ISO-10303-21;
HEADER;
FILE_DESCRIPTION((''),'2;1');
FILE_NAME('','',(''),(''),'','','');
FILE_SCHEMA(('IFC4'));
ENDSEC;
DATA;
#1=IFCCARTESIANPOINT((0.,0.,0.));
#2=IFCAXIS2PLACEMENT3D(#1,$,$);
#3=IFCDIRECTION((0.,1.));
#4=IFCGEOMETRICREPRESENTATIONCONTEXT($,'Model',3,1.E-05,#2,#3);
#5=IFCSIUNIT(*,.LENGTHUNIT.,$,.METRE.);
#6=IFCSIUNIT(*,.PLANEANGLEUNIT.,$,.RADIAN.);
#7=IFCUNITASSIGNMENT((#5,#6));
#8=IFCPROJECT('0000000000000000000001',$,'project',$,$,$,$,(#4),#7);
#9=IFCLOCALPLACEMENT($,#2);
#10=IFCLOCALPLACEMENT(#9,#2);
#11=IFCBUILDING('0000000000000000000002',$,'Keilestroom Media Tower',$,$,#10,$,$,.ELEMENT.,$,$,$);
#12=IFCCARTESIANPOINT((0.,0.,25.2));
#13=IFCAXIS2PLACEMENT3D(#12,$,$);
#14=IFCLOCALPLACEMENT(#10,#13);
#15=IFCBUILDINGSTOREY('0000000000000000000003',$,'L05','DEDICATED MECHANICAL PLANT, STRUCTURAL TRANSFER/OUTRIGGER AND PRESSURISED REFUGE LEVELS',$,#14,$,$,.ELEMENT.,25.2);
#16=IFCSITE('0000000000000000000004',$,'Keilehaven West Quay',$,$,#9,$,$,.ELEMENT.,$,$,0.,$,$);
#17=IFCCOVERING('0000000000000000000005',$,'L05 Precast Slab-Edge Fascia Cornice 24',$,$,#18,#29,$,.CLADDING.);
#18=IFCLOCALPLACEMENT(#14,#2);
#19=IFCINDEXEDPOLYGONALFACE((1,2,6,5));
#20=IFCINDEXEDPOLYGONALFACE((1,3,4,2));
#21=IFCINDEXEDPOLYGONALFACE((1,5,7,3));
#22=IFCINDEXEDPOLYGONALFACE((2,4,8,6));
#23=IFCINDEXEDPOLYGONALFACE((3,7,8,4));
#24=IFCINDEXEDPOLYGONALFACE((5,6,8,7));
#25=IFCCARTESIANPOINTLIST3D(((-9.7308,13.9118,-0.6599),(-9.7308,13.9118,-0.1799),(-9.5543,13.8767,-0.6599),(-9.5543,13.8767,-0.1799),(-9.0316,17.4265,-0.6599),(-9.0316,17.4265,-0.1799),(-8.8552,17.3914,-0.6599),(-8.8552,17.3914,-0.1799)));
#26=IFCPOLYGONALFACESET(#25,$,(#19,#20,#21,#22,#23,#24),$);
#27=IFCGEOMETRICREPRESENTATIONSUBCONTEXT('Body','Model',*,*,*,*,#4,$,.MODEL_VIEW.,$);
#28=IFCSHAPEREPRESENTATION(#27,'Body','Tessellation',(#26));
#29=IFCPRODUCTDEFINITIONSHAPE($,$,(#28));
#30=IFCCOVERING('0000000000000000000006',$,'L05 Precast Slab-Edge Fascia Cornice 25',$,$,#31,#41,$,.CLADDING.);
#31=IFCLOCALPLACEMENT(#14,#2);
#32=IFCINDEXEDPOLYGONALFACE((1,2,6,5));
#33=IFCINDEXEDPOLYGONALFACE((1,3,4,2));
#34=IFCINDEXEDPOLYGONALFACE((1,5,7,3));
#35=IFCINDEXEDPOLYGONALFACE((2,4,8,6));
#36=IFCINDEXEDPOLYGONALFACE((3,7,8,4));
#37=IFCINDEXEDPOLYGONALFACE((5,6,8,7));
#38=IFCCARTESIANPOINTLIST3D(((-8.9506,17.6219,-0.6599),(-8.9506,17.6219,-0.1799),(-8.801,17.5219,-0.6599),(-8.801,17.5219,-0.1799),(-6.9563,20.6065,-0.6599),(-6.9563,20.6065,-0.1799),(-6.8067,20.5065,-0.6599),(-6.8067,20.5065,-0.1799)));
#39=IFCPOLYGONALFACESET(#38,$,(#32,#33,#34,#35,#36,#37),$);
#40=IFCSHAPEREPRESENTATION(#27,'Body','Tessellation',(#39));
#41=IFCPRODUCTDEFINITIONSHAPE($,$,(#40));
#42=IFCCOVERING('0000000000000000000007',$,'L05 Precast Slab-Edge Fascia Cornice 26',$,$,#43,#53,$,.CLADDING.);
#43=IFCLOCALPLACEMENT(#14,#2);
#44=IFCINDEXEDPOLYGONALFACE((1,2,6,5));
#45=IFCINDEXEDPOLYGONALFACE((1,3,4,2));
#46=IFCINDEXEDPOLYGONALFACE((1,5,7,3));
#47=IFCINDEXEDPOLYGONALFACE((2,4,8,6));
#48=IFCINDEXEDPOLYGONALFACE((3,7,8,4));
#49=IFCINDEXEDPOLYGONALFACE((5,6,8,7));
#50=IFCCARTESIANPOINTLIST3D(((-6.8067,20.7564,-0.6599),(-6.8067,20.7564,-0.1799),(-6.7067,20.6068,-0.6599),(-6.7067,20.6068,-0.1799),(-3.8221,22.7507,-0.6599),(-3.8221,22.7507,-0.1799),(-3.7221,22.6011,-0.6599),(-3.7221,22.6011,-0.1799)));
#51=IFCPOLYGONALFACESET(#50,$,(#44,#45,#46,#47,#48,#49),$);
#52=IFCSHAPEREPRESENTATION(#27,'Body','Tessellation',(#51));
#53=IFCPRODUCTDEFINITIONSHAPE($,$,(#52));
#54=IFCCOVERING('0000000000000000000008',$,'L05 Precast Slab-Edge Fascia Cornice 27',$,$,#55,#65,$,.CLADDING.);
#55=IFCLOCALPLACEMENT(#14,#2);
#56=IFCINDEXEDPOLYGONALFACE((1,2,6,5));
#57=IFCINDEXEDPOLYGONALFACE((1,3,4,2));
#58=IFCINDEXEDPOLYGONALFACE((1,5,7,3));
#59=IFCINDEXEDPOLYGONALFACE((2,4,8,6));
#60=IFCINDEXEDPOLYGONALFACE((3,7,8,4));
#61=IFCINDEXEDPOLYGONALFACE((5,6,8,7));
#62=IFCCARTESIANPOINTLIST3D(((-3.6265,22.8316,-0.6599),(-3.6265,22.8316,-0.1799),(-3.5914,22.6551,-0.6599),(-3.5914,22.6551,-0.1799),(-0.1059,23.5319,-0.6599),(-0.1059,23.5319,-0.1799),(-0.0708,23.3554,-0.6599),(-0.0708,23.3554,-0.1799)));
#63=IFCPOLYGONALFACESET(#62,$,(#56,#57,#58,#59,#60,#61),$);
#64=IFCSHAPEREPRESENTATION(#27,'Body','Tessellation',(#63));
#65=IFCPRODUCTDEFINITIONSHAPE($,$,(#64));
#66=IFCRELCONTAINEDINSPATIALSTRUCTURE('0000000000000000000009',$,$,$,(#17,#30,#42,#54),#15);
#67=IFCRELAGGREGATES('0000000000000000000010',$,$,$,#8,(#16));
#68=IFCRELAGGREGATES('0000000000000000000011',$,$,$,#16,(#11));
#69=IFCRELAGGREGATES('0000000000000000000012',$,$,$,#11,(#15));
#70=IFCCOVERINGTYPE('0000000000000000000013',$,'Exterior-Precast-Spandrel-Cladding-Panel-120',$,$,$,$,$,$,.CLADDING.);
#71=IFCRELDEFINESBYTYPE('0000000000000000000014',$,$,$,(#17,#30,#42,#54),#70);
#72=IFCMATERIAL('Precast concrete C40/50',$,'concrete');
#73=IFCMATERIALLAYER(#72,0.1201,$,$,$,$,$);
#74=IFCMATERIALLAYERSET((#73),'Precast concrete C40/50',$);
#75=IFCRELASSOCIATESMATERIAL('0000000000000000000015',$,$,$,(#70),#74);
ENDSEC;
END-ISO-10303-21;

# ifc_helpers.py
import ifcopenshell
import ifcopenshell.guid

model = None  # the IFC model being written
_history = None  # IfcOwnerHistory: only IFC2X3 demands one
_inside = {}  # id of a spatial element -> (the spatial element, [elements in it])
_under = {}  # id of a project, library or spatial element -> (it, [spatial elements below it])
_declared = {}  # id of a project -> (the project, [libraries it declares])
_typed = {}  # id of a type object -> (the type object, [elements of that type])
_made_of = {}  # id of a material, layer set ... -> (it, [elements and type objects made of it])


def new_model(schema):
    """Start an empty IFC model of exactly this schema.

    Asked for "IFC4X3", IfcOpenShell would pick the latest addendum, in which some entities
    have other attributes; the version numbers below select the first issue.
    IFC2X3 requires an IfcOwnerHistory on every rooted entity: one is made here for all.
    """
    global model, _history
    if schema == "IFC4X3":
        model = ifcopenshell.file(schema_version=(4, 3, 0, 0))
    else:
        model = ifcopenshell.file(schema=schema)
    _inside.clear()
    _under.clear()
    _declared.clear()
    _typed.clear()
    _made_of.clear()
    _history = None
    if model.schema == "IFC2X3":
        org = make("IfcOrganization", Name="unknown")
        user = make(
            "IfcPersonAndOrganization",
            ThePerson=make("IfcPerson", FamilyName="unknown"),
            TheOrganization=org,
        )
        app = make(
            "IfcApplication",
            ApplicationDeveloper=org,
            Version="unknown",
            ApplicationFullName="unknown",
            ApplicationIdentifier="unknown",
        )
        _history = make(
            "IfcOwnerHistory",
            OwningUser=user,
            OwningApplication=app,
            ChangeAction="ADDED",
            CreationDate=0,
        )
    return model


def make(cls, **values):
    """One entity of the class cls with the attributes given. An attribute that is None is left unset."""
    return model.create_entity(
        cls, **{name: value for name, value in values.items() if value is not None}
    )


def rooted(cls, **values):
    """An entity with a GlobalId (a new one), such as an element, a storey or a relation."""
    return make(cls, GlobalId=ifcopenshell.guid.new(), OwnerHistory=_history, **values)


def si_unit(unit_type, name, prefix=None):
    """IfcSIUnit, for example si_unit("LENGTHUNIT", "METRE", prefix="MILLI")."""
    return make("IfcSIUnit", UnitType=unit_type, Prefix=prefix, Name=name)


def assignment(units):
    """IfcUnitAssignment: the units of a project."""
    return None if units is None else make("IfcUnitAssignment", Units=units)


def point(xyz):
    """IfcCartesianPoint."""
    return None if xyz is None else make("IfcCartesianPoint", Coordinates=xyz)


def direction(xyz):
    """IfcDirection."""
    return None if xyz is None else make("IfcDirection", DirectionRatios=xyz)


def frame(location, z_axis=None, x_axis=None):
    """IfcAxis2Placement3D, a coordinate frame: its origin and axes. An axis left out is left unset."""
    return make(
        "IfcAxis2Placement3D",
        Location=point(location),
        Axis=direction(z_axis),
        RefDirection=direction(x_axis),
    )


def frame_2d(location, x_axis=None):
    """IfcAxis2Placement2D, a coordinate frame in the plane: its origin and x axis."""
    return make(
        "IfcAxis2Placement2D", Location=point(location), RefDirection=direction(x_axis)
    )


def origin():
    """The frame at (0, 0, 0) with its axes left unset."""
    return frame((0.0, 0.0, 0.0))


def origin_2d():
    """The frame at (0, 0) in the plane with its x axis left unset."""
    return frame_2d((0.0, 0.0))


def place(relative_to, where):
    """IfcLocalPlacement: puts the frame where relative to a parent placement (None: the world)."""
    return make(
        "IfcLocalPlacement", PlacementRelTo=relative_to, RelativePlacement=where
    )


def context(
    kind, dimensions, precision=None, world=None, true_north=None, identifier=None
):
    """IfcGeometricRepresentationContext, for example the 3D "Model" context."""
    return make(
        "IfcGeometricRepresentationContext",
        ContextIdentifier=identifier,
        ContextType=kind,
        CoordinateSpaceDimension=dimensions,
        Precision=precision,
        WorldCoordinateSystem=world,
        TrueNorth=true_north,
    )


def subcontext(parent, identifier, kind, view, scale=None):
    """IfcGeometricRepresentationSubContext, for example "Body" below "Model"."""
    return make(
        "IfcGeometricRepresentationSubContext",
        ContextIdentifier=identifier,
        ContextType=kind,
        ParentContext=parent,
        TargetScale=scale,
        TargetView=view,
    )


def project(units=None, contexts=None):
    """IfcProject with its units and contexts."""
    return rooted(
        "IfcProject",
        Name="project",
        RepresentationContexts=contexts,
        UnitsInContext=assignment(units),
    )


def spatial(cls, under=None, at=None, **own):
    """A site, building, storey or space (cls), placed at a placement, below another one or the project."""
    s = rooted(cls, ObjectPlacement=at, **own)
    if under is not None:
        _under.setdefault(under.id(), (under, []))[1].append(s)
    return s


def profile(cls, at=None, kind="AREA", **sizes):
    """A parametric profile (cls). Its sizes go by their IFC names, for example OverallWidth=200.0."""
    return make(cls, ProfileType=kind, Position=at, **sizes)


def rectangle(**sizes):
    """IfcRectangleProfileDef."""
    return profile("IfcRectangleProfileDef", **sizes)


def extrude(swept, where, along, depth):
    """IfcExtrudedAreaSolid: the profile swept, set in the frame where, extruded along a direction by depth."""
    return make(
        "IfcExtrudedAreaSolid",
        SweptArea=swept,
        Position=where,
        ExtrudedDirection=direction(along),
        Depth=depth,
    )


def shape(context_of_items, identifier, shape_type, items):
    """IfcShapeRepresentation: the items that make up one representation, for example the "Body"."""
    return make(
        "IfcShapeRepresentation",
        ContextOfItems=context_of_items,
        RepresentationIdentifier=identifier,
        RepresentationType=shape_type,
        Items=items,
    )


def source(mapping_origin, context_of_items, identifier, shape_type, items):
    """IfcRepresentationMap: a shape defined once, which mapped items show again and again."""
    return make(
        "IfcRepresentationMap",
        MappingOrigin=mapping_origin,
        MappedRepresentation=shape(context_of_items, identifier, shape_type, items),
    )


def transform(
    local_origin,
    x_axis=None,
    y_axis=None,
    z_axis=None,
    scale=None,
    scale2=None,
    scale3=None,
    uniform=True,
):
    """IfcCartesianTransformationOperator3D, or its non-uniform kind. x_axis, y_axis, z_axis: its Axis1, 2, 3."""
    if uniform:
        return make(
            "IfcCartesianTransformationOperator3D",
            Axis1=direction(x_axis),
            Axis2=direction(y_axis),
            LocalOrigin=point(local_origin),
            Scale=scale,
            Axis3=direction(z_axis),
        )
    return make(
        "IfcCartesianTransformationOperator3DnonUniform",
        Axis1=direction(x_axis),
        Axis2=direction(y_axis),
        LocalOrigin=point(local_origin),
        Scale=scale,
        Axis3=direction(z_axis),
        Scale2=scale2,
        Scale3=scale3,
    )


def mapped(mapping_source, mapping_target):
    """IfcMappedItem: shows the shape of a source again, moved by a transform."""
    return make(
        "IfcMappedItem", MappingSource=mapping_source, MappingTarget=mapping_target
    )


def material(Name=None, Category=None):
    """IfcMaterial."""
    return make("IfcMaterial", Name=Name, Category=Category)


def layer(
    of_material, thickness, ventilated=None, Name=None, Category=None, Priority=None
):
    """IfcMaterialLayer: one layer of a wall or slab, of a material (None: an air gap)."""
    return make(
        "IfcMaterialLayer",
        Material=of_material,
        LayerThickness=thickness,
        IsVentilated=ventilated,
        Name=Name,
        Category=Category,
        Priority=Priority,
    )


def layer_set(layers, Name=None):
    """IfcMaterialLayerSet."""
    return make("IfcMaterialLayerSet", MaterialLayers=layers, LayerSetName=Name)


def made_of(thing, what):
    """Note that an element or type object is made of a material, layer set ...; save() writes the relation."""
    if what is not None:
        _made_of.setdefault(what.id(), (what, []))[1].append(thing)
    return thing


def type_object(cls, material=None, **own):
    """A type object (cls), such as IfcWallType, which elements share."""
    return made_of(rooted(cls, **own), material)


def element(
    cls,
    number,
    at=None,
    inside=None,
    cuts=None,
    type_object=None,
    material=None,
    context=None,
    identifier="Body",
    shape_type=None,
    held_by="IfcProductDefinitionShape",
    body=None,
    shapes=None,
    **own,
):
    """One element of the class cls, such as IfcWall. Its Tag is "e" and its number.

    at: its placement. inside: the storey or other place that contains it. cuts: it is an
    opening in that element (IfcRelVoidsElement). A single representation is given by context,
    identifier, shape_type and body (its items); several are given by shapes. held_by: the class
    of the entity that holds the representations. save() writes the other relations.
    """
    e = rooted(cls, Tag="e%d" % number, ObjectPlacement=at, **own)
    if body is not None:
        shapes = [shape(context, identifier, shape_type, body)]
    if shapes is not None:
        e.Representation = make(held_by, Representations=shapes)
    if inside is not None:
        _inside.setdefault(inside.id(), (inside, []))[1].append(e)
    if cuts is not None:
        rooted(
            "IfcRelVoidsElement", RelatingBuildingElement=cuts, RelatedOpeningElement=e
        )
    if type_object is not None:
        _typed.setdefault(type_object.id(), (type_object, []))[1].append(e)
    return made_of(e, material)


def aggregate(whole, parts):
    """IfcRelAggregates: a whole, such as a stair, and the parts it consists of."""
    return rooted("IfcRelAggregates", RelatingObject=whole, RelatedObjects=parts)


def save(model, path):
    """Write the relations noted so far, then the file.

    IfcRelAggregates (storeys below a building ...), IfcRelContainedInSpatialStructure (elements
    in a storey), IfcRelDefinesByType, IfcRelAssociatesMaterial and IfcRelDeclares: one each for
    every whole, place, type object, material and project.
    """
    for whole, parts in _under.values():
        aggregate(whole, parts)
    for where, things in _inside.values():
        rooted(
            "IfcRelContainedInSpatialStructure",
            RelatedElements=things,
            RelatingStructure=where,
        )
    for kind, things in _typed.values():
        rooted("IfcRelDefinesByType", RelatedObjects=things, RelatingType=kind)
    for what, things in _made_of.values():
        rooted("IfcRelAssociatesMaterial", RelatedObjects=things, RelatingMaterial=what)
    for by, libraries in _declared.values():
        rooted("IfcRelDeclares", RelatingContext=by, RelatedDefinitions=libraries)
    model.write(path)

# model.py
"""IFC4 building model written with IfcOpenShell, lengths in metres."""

from ifc_helpers import new_model, si_unit, direction, frame, origin, origin_2d, place, context, subcontext, project, spatial, rectangle, extrude, source, transform, mapped, material, layer, layer_set, type_object, element, save


model = new_model("IFC4")

# Units and contexts
model_context = context("Model", 3, precision=1e-05, world=origin(), true_north=direction((0.0, 1.0)))
body_context = subcontext(model_context, "Body", "Model", "MODEL_VIEW")
ifc_project = project(units=[si_unit("LENGTHUNIT", "METRE"), si_unit("PLANEANGLEUNIT", "RADIAN")], contexts=[model_context])

# Site, building, storey
site_placement = place(None, origin())
site = spatial("IfcSite", under=ifc_project, at=site_placement, Name="Keilehaven West Quay", CompositionType="ELEMENT", RefElevation=0.0)
building_placement = place(site_placement, origin())
building = spatial("IfcBuilding", under=site, at=building_placement, Name="Keilestroom Media Tower", CompositionType="ELEMENT")
storey_placement = place(building_placement, frame((0.0, 0.0, 25.2)))
storey = spatial("IfcBuildingStorey", under=building, at=storey_placement, Name="L05", Description="DEDICATED MECHANICAL PLANT, STRUCTURAL TRANSFER/OUTRIGGER AND PRESSURISED REFUGE LEVELS", CompositionType="ELEMENT", Elevation=25.2)

# Shared definitions
ifc_material_1 = material(Name="Precast concrete C40/50", Category="concrete")

# Coverings
ifc_layer_1 = layer(ifc_material_1, 0.1201)
ifc_layer_set_1 = layer_set([ifc_layer_1], Name="Precast concrete C40/50")
covering_type = type_object("IfcCoveringType", Name="Exterior-Precast-Spandrel-Cladding-Panel-120", PredefinedType="CLADDING", material=ifc_layer_set_1)
shared_shape_1 = source(origin(), body_context, "Body", "SweptSolid", [
    extrude(rectangle(XDim=3.5835, YDim=0.1799, at=origin_2d()), origin(), (0.0, 0.0, 1.0), 0.48),
])
covering_1_placement = place(storey_placement, frame((-9.293, 15.6516, -0.6599), z_axis=(0.0, 0.0, 1.0), x_axis=(0.195099, 0.980784, 0.0)))
element("IfcCovering", 1, at=covering_1_placement, inside=storey, type_object=covering_type, Name="L05 Precast Slab-Edge Fascia Cornice 24", PredefinedType="CLADDING", context=body_context, shape_type="MappedRepresentation", body=[
    mapped(shared_shape_1, transform((0.0, 0.0, 0.0), x_axis=(1.0, 0.0, 0.0), y_axis=(0.0, 1.0, 0.0), z_axis=(0.0, 0.0, 1.0), scale=1.0)),
])
shared_shape_2 = source(origin(), body_context, "Body", "SweptSolid", [
    extrude(rectangle(XDim=3.5896, YDim=0.1799, at=origin_2d()), origin(), (0.0, 0.0, 1.0), 0.48),
])
for number, where, z_axis, x_axis, name in (
    (2, (-7.8787, 19.0642, -0.6599), (0.0, 0.0, 1.0), (0.555575, 0.831467, 0.0), "L05 Precast Slab-Edge Fascia Cornice 25"),
    (3, (-5.2644, 21.6787, -0.6599), (0.0, 0.0, 1.0), (0.831467, 0.555575, 0.0), "L05 Precast Slab-Edge Fascia Cornice 26"),
    (4, (-1.8486, 23.0935, -0.6599), (0.0, 0.0, 1.0), (0.980784, 0.195099, 0.0), "L05 Precast Slab-Edge Fascia Cornice 27"),
):
    element("IfcCovering", number, at=place(storey_placement, frame(where, z_axis=z_axis, x_axis=x_axis)), inside=storey, type_object=covering_type, Name=name, PredefinedType="CLADDING", context=body_context, shape_type="MappedRepresentation", body=[
        mapped(shared_shape_2, transform((0.0, 0.0, 0.0), x_axis=(1.0, 0.0, 0.0), y_axis=(0.0, 1.0, 0.0), z_axis=(0.0, 0.0, 1.0), scale=1.0)),
    ])

save(model, "model.ifc")
